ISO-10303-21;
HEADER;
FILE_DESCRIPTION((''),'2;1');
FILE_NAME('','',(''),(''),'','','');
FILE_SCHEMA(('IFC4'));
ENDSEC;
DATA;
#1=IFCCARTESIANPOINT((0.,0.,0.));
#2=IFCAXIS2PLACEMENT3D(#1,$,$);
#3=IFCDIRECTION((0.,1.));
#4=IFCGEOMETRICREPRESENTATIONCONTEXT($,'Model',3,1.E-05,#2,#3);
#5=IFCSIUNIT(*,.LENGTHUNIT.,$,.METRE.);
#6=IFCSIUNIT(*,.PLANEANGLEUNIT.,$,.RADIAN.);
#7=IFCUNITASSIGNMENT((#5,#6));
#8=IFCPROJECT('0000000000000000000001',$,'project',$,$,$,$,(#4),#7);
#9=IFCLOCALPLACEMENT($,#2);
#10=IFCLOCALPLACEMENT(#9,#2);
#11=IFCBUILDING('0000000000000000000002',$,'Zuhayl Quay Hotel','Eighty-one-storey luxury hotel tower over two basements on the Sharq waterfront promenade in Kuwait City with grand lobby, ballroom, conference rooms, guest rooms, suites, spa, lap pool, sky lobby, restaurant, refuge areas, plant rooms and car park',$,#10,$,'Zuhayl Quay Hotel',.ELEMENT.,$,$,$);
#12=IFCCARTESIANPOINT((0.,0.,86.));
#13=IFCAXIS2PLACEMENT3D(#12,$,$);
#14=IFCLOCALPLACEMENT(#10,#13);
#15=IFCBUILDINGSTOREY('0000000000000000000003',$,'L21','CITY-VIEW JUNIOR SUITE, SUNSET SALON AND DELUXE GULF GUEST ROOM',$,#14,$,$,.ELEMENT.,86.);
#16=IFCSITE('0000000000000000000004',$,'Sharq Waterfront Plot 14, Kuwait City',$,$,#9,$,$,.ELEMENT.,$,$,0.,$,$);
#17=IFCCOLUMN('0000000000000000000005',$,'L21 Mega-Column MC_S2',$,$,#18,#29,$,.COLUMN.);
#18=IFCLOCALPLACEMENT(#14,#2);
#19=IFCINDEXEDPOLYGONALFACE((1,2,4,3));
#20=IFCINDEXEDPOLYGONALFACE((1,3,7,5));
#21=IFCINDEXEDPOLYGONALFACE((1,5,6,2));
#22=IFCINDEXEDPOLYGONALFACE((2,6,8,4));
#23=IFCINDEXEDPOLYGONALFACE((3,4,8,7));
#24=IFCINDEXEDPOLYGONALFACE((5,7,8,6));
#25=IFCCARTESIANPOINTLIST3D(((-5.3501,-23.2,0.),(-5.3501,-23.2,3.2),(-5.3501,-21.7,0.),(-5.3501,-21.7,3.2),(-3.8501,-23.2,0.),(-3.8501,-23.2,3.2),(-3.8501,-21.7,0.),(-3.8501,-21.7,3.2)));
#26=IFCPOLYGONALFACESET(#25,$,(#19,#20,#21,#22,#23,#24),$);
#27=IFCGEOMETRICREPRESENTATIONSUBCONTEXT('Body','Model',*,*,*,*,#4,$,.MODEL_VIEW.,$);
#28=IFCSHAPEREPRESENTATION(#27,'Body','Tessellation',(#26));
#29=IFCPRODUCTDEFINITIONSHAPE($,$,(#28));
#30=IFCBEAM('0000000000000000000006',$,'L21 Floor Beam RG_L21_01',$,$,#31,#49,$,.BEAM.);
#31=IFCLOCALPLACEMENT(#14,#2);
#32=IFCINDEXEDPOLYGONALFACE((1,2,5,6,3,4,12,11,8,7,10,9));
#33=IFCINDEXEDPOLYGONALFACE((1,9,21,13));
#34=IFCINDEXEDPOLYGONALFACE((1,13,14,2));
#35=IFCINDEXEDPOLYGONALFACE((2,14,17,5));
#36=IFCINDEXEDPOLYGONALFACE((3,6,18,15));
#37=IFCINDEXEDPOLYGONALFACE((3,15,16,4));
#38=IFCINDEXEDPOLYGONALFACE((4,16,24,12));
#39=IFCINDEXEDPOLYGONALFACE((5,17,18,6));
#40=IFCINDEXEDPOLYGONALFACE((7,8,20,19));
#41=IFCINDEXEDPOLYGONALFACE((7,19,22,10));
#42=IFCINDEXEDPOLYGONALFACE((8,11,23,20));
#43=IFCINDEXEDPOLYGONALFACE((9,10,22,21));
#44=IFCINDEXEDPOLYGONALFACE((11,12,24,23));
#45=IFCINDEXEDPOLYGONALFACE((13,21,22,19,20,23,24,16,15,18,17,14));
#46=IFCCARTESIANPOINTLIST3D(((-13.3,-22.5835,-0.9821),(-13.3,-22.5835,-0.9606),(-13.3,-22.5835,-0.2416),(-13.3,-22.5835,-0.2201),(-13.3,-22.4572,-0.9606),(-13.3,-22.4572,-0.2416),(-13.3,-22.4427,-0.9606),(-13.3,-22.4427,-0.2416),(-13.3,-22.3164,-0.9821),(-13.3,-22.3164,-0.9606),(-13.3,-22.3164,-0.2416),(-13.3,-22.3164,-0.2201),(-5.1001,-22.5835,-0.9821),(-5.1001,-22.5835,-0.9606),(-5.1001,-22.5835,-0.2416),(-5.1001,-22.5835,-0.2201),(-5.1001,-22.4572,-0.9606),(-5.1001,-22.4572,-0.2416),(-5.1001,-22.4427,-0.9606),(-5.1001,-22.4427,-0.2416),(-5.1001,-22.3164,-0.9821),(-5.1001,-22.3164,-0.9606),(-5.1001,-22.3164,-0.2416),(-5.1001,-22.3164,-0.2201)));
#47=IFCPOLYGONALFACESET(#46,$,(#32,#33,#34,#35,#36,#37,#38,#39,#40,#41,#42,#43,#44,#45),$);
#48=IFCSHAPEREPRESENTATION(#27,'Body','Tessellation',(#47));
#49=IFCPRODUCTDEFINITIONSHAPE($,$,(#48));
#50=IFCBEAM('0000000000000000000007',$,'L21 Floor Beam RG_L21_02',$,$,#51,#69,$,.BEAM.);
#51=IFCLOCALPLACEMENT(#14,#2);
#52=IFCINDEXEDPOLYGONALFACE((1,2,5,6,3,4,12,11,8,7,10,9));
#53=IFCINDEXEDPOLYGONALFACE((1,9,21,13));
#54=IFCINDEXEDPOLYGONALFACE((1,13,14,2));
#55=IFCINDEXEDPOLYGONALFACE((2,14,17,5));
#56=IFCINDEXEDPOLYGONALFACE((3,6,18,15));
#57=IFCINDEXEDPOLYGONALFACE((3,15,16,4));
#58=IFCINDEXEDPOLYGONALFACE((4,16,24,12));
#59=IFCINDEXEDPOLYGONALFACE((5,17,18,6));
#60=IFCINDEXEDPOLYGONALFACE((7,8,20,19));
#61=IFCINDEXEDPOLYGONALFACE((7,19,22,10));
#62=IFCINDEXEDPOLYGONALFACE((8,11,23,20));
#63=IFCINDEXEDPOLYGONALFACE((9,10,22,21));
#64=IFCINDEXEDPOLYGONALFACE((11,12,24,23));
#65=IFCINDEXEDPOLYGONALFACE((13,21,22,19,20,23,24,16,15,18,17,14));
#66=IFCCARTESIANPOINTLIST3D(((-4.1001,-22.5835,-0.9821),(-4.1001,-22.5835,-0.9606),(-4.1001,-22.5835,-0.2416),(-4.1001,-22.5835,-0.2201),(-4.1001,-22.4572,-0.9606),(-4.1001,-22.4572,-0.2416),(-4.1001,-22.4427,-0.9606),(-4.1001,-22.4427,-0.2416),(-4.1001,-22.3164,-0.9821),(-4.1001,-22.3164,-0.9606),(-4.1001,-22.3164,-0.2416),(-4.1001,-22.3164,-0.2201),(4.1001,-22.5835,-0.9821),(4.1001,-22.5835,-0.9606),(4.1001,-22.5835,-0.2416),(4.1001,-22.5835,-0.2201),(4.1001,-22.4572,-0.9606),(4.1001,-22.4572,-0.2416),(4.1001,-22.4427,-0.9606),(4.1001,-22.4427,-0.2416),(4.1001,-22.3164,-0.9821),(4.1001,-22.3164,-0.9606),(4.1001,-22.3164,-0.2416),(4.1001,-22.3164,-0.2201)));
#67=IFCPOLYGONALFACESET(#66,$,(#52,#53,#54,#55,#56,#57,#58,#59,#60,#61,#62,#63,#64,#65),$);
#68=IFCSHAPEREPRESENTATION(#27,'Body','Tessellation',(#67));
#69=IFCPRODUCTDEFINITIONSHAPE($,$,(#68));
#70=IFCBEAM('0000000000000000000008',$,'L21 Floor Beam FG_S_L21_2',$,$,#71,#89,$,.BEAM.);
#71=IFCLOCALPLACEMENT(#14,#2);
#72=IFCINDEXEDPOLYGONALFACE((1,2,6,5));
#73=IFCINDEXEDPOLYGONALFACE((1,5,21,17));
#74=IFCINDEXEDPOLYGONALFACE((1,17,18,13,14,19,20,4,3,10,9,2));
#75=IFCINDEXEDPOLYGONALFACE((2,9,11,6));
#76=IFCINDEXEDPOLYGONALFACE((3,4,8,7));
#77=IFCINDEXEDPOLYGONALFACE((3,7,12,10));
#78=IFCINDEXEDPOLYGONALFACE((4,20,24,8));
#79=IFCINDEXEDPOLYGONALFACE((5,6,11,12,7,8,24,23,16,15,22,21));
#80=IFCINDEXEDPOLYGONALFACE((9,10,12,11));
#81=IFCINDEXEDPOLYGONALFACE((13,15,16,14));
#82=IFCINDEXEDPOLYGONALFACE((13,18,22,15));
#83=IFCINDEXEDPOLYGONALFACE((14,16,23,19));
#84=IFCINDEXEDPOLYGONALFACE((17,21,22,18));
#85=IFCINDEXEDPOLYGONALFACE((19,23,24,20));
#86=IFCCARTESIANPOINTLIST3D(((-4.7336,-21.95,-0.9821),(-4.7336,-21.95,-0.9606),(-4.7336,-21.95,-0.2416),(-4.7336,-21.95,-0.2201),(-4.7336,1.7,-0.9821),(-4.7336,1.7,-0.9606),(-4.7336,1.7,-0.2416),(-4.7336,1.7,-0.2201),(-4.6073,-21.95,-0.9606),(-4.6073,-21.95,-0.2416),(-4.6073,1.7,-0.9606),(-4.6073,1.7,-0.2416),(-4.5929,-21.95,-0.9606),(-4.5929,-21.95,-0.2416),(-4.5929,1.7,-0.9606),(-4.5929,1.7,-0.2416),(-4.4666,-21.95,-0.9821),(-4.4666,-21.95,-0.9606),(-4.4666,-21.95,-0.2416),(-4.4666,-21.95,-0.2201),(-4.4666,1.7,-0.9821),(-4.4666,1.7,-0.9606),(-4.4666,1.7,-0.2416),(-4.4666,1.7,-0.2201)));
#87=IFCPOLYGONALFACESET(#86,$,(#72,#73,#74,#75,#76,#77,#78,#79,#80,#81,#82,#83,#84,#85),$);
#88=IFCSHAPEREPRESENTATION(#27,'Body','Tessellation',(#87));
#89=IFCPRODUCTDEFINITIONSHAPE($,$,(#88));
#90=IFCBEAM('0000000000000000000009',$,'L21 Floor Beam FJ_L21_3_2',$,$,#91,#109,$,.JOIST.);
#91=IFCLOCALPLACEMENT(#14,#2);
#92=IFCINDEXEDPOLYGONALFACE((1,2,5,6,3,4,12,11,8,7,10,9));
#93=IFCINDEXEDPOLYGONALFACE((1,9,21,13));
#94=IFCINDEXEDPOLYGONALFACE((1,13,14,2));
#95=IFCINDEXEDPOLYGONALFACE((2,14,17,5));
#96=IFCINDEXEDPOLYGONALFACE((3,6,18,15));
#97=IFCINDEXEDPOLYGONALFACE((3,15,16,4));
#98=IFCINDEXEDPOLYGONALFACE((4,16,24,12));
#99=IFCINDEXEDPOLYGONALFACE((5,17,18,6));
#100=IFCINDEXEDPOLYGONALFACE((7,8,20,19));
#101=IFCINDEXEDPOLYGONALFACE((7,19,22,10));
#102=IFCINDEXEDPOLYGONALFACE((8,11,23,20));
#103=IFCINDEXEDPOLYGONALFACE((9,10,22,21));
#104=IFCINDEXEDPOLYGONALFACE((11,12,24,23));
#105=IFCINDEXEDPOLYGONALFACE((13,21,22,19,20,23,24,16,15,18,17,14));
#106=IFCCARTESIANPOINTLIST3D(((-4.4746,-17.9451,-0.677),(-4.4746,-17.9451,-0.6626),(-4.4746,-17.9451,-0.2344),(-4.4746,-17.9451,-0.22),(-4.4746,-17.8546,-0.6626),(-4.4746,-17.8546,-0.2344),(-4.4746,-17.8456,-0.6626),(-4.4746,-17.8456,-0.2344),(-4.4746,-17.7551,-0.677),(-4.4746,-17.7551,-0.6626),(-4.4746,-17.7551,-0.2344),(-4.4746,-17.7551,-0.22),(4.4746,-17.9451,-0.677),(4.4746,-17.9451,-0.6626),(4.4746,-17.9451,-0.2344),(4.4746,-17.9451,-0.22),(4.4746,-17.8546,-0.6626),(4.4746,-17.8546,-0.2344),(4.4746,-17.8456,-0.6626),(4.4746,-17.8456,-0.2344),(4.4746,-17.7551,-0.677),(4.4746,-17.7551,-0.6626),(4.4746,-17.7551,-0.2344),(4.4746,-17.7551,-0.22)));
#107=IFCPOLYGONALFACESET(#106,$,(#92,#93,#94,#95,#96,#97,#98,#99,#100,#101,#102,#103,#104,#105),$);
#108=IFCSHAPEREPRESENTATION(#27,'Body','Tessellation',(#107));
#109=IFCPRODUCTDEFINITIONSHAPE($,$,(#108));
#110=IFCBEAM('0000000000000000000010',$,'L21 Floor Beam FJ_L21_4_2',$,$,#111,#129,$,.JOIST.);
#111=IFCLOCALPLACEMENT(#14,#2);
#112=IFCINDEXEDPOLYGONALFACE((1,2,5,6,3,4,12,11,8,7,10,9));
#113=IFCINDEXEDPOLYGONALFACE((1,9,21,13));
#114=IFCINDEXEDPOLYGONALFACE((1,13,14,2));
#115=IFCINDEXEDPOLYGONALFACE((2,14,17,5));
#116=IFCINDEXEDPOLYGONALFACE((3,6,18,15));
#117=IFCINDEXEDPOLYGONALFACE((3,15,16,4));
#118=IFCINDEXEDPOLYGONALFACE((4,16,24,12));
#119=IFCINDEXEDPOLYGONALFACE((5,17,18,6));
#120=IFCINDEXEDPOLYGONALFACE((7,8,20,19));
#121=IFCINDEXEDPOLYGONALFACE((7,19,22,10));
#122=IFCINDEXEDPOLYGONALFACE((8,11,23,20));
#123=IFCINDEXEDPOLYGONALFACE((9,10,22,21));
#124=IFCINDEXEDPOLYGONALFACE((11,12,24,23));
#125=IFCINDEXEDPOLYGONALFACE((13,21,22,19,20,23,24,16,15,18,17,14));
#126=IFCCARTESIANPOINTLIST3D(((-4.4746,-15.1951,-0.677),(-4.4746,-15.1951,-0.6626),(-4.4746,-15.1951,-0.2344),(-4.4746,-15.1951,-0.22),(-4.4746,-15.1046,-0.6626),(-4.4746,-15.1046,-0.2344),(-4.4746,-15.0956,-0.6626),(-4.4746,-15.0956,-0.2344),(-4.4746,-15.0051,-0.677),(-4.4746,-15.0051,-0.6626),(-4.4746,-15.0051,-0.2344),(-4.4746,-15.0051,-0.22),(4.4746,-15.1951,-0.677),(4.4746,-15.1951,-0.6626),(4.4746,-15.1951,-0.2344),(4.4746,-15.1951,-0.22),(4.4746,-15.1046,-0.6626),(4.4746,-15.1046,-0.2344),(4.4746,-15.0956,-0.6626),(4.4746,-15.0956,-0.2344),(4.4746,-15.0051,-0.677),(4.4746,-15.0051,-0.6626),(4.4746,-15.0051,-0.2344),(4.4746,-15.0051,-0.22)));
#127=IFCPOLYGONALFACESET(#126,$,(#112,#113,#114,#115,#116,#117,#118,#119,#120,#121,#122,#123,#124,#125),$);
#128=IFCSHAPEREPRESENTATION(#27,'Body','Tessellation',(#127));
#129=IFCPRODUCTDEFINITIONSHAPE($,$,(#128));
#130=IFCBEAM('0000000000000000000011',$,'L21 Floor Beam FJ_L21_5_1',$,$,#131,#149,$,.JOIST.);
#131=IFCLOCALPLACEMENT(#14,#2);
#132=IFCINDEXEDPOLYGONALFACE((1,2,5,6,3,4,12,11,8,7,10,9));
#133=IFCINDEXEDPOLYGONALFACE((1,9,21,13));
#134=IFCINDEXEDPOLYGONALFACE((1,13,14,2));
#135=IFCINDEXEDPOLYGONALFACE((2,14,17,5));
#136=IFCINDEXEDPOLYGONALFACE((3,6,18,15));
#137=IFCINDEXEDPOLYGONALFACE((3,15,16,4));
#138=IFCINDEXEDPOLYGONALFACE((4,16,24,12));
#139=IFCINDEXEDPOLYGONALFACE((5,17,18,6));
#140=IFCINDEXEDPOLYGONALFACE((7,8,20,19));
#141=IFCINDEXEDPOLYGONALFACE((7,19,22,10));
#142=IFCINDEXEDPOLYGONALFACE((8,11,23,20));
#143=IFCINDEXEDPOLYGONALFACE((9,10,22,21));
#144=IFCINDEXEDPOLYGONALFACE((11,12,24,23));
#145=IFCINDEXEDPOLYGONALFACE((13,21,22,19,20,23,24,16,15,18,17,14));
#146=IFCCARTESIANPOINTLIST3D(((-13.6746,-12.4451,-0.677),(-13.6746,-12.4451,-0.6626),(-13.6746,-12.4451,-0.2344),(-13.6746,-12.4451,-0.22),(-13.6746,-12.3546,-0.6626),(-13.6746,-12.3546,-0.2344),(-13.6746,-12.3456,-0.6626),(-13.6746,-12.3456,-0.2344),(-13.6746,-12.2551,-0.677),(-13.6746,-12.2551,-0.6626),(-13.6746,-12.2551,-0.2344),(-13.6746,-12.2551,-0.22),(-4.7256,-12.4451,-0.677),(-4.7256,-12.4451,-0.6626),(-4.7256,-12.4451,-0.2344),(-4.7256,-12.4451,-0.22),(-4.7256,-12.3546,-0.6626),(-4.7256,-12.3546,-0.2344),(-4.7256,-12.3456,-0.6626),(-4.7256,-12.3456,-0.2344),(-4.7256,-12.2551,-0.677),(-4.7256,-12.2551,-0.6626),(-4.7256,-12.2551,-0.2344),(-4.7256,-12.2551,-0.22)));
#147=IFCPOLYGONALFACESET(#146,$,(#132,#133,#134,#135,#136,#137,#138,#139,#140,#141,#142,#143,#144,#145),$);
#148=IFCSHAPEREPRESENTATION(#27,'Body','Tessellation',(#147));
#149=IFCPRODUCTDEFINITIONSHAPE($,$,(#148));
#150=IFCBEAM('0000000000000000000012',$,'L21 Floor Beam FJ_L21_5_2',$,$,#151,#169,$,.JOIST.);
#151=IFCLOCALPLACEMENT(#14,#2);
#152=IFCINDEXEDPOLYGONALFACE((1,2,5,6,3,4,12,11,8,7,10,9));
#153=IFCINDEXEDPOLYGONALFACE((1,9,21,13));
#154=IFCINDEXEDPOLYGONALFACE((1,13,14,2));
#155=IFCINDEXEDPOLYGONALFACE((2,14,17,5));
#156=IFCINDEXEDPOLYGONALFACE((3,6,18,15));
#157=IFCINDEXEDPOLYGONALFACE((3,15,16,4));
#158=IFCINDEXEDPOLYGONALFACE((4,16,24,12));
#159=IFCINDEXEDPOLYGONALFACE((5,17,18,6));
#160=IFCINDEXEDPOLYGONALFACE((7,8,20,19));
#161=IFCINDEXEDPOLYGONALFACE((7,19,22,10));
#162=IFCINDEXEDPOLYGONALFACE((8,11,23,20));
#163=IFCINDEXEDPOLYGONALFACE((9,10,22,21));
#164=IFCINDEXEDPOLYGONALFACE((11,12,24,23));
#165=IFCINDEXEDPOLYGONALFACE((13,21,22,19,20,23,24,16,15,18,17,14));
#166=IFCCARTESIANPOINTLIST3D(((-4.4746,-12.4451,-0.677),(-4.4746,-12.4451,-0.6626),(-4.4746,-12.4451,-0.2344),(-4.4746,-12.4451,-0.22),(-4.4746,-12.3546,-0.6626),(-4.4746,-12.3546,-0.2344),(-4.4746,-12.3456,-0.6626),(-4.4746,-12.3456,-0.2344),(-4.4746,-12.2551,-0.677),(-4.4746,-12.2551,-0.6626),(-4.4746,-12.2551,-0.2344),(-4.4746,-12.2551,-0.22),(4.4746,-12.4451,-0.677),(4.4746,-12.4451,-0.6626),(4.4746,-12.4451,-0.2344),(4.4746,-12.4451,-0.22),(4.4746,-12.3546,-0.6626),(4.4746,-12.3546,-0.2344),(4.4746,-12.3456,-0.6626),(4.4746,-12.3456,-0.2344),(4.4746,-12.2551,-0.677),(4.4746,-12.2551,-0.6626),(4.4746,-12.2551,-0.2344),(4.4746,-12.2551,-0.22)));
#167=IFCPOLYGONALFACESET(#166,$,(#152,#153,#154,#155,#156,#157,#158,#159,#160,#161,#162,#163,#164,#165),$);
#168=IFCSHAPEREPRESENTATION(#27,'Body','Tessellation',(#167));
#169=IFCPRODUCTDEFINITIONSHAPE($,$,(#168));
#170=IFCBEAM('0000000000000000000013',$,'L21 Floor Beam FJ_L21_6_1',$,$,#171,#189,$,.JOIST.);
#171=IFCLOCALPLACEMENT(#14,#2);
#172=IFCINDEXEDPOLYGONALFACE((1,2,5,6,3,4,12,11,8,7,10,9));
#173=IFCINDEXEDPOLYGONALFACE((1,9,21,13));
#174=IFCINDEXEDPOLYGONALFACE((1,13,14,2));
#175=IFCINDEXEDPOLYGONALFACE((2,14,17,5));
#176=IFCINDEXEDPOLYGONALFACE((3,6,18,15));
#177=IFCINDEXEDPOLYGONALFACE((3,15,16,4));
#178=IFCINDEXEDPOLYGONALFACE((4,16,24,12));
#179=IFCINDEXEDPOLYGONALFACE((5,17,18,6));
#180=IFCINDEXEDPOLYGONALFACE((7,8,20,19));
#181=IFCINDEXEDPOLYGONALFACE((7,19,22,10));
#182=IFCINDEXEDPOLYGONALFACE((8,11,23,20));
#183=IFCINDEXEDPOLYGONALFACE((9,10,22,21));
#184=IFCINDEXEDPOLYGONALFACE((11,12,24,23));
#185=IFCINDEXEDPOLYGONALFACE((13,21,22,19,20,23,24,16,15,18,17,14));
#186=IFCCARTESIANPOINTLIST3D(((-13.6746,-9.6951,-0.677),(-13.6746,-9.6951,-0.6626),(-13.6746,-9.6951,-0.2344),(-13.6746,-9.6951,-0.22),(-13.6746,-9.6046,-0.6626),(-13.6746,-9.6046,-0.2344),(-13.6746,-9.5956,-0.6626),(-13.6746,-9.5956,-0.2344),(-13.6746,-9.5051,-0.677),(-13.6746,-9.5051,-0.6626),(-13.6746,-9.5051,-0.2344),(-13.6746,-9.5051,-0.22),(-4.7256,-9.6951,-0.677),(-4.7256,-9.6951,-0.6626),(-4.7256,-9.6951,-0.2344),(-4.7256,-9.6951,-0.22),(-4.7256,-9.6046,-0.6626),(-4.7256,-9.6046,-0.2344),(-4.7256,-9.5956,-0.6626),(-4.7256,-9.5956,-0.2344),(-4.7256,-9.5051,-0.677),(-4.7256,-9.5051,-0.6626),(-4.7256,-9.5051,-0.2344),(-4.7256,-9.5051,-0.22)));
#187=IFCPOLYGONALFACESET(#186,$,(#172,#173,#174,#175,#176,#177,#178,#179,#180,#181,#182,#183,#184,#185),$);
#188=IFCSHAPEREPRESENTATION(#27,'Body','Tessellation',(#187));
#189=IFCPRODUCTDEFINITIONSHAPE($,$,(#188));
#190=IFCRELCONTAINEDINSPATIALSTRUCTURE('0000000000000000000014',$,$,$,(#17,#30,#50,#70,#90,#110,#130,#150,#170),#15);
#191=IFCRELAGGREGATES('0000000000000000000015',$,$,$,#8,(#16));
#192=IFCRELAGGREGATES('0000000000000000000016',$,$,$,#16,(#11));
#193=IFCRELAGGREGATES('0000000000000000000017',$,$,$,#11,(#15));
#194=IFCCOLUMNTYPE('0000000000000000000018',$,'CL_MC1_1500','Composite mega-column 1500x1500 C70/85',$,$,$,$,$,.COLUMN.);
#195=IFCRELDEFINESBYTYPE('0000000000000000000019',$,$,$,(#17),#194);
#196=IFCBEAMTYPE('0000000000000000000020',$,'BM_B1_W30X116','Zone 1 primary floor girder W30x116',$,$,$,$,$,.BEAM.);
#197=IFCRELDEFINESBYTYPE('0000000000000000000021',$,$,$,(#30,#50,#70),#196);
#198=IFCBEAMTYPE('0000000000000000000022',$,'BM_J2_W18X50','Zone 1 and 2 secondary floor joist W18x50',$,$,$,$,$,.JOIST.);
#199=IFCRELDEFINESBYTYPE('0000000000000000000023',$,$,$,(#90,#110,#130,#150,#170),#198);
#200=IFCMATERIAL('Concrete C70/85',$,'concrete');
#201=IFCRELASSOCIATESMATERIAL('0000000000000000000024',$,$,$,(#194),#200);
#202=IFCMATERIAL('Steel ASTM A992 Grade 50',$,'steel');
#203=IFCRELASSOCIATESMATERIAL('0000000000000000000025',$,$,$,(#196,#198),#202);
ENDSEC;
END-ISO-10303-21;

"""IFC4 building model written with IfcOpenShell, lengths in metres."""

from ifc_helpers import new_model, si_unit, direction, frame, origin, origin_2d, place, context, subcontext, project, spatial, rectangle, i_section, extrude, material, material_profile, profile_set, type_object, element, save


model = new_model("IFC4")

# Units and contexts
model_context = context("Model", 3, precision=1e-05, world=origin(), true_north=direction((0.0, 1.0)))
body_context = subcontext(model_context, "Body", "Model", "MODEL_VIEW")
ifc_project = project(units=[si_unit("LENGTHUNIT", "METRE"), si_unit("PLANEANGLEUNIT", "RADIAN")], contexts=[model_context])

# Site, building, storey
site_placement = place(None, origin())
site = spatial("IfcSite", under=ifc_project, at=site_placement, Name="Sharq Waterfront Plot 14, Kuwait City", CompositionType="ELEMENT", RefElevation=0.0)
building_placement = place(site_placement, origin())
building = spatial("IfcBuilding", under=site, at=building_placement, Name="Zuhayl Quay Hotel", Description="Eighty-one-storey luxury hotel tower over two basements on the Sharq waterfront promenade in Kuwait City with grand lobby, ballroom, conference rooms, guest rooms, suites, spa, lap pool, sky lobby, restaurant, refuge areas, plant rooms and car park", LongName="Zuhayl Quay Hotel", CompositionType="ELEMENT")
storey_placement = place(building_placement, frame((0.0, 0.0, 86.0)))
storey = spatial("IfcBuildingStorey", under=building, at=storey_placement, Name="L21", Description="CITY-VIEW JUNIOR SUITE, SUNSET SALON AND DELUXE GULF GUEST ROOM", CompositionType="ELEMENT", Elevation=86.0)

# Column
ifc_material_1 = material(Name="Concrete C70/85", Category="concrete")
ifc_material_profile_1 = material_profile(ifc_material_1, rectangle(XDim=1.5, YDim=1.5, at=origin_2d()), Name="RC1500X1500")
ifc_profile_set_1 = profile_set([ifc_material_profile_1], Name="Concrete C70/85")
column_type = type_object("IfcColumnType", Name="CL_MC1_1500", Description="Composite mega-column 1500x1500 C70/85", PredefinedType="COLUMN", material=ifc_profile_set_1)
column_placement = place(storey_placement, frame((-4.6001, -22.45, 0.0), z_axis=(0.0, 0.0, 1.0), x_axis=(1.0, 0.0, 0.0)))
element("IfcColumn", 1, at=column_placement, inside=storey, type_object=column_type, Name="L21 Mega-Column MC_S2", PredefinedType="COLUMN", context=body_context, shape_type="SweptSolid", body=[
    extrude(rectangle(XDim=1.5, YDim=1.5, at=origin_2d()), origin(), (0.0, 0.0, 1.0), 3.2),
])

# Beams
ifc_material_2 = material(Name="Steel ASTM A992 Grade 50", Category="steel")
ifc_material_profile_2 = material_profile(ifc_material_2, i_section(OverallWidth=0.2671, OverallDepth=0.762, WebThickness=0.0144, FlangeThickness=0.0215, at=origin_2d()), Name="W30X116")
ifc_profile_set_2 = profile_set([ifc_material_profile_2], Name="Steel ASTM A992 Grade 50")
beam_type_1 = type_object("IfcBeamType", Name="BM_B1_W30X116", Description="Zone 1 primary floor girder W30x116", PredefinedType="BEAM", material=ifc_profile_set_2)
beam_1_placement = place(storey_placement, frame((-13.3, -22.45, -0.6011), z_axis=(1.0, 0.0, 0.0), x_axis=(0.0, 1.0, 0.0)))
element("IfcBeam", 2, at=beam_1_placement, inside=storey, type_object=beam_type_1, Name="L21 Floor Beam RG_L21_01", PredefinedType="BEAM", context=body_context, shape_type="SweptSolid", body=[
    extrude(i_section(OverallWidth=0.2671, OverallDepth=0.762, WebThickness=0.0144, FlangeThickness=0.0215, at=origin_2d()), origin(), (0.0, 0.0, 1.0), 8.2),
])
beam_2_placement = place(storey_placement, frame((-4.1001, -22.45, -0.6011), z_axis=(1.0, 0.0, 0.0), x_axis=(0.0, 1.0, 0.0)))
element("IfcBeam", 3, at=beam_2_placement, inside=storey, type_object=beam_type_1, Name="L21 Floor Beam RG_L21_02", PredefinedType="BEAM", context=body_context, shape_type="SweptSolid", body=[
    extrude(i_section(OverallWidth=0.2671, OverallDepth=0.762, WebThickness=0.0144, FlangeThickness=0.0215, at=origin_2d()), origin(), (0.0, 0.0, 1.0), 8.2002),
])
beam_3_placement = place(storey_placement, frame((-4.6001, -21.95, -0.6011), z_axis=(0.0, 1.0, 0.0), x_axis=(-1.0, 0.0, 0.0)))
element("IfcBeam", 4, at=beam_3_placement, inside=storey, type_object=beam_type_1, Name="L21 Floor Beam FG_S_L21_2", PredefinedType="BEAM", context=body_context, shape_type="SweptSolid", body=[
    extrude(i_section(OverallWidth=0.2671, OverallDepth=0.762, WebThickness=0.0144, FlangeThickness=0.0215, at=origin_2d()), origin(), (0.0, 0.0, 1.0), 23.6499),
])
ifc_material_profile_3 = material_profile(ifc_material_2, i_section(OverallWidth=0.1899, OverallDepth=0.457, WebThickness=0.009, FlangeThickness=0.0144, at=origin_2d()), Name="W18X50")
ifc_profile_set_3 = profile_set([ifc_material_profile_3], Name="Steel ASTM A992 Grade 50")
beam_type_2 = type_object("IfcBeamType", Name="BM_J2_W18X50", Description="Zone 1 and 2 secondary floor joist W18x50", PredefinedType="JOIST", material=ifc_profile_set_3)
for number, where, z_axis, x_axis, name in (
    (5, (-4.4746, -17.8501, -0.4485), (1.0, 0.0, 0.0), (0.0, 1.0, 0.0), "L21 Floor Beam FJ_L21_3_2"),
    (6, (-4.4746, -15.1001, -0.4485), (1.0, 0.0, 0.0), (0.0, 1.0, 0.0), "L21 Floor Beam FJ_L21_4_2"),
):
    element("IfcBeam", number, at=place(storey_placement, frame(where, z_axis=z_axis, x_axis=x_axis)), inside=storey, type_object=beam_type_2, Name=name, PredefinedType="JOIST", context=body_context, shape_type="SweptSolid", body=[
        extrude(i_section(OverallWidth=0.1899, OverallDepth=0.457, WebThickness=0.009, FlangeThickness=0.0144, at=origin_2d()), origin(), (0.0, 0.0, 1.0), 8.9492),
    ])
beam_4_placement = place(storey_placement, frame((-13.6746, -12.3501, -0.4485), z_axis=(1.0, 0.0, 0.0), x_axis=(0.0, 1.0, 0.0)))
element("IfcBeam", 7, at=beam_4_placement, inside=storey, type_object=beam_type_2, Name="L21 Floor Beam FJ_L21_5_1", PredefinedType="JOIST", context=body_context, shape_type="SweptSolid", body=[
    extrude(i_section(OverallWidth=0.1899, OverallDepth=0.457, WebThickness=0.009, FlangeThickness=0.0144, at=origin_2d()), origin(), (0.0, 0.0, 1.0), 8.949),
])
beam_5_placement = place(storey_placement, frame((-4.4746, -12.3501, -0.4485), z_axis=(1.0, 0.0, 0.0), x_axis=(0.0, 1.0, 0.0)))
element("IfcBeam", 8, at=beam_5_placement, inside=storey, type_object=beam_type_2, Name="L21 Floor Beam FJ_L21_5_2", PredefinedType="JOIST", context=body_context, shape_type="SweptSolid", body=[
    extrude(i_section(OverallWidth=0.1899, OverallDepth=0.457, WebThickness=0.009, FlangeThickness=0.0144, at=origin_2d()), origin(), (0.0, 0.0, 1.0), 8.9492),
])
beam_6_placement = place(storey_placement, frame((-13.6746, -9.6001, -0.4485), z_axis=(1.0, 0.0, 0.0), x_axis=(0.0, 1.0, 0.0)))
element("IfcBeam", 9, at=beam_6_placement, inside=storey, type_object=beam_type_2, Name="L21 Floor Beam FJ_L21_6_1", PredefinedType="JOIST", context=body_context, shape_type="SweptSolid", body=[
    extrude(i_section(OverallWidth=0.1899, OverallDepth=0.457, WebThickness=0.009, FlangeThickness=0.0144, at=origin_2d()), origin(), (0.0, 0.0, 1.0), 8.949),
])

save(model, "model.ifc")
